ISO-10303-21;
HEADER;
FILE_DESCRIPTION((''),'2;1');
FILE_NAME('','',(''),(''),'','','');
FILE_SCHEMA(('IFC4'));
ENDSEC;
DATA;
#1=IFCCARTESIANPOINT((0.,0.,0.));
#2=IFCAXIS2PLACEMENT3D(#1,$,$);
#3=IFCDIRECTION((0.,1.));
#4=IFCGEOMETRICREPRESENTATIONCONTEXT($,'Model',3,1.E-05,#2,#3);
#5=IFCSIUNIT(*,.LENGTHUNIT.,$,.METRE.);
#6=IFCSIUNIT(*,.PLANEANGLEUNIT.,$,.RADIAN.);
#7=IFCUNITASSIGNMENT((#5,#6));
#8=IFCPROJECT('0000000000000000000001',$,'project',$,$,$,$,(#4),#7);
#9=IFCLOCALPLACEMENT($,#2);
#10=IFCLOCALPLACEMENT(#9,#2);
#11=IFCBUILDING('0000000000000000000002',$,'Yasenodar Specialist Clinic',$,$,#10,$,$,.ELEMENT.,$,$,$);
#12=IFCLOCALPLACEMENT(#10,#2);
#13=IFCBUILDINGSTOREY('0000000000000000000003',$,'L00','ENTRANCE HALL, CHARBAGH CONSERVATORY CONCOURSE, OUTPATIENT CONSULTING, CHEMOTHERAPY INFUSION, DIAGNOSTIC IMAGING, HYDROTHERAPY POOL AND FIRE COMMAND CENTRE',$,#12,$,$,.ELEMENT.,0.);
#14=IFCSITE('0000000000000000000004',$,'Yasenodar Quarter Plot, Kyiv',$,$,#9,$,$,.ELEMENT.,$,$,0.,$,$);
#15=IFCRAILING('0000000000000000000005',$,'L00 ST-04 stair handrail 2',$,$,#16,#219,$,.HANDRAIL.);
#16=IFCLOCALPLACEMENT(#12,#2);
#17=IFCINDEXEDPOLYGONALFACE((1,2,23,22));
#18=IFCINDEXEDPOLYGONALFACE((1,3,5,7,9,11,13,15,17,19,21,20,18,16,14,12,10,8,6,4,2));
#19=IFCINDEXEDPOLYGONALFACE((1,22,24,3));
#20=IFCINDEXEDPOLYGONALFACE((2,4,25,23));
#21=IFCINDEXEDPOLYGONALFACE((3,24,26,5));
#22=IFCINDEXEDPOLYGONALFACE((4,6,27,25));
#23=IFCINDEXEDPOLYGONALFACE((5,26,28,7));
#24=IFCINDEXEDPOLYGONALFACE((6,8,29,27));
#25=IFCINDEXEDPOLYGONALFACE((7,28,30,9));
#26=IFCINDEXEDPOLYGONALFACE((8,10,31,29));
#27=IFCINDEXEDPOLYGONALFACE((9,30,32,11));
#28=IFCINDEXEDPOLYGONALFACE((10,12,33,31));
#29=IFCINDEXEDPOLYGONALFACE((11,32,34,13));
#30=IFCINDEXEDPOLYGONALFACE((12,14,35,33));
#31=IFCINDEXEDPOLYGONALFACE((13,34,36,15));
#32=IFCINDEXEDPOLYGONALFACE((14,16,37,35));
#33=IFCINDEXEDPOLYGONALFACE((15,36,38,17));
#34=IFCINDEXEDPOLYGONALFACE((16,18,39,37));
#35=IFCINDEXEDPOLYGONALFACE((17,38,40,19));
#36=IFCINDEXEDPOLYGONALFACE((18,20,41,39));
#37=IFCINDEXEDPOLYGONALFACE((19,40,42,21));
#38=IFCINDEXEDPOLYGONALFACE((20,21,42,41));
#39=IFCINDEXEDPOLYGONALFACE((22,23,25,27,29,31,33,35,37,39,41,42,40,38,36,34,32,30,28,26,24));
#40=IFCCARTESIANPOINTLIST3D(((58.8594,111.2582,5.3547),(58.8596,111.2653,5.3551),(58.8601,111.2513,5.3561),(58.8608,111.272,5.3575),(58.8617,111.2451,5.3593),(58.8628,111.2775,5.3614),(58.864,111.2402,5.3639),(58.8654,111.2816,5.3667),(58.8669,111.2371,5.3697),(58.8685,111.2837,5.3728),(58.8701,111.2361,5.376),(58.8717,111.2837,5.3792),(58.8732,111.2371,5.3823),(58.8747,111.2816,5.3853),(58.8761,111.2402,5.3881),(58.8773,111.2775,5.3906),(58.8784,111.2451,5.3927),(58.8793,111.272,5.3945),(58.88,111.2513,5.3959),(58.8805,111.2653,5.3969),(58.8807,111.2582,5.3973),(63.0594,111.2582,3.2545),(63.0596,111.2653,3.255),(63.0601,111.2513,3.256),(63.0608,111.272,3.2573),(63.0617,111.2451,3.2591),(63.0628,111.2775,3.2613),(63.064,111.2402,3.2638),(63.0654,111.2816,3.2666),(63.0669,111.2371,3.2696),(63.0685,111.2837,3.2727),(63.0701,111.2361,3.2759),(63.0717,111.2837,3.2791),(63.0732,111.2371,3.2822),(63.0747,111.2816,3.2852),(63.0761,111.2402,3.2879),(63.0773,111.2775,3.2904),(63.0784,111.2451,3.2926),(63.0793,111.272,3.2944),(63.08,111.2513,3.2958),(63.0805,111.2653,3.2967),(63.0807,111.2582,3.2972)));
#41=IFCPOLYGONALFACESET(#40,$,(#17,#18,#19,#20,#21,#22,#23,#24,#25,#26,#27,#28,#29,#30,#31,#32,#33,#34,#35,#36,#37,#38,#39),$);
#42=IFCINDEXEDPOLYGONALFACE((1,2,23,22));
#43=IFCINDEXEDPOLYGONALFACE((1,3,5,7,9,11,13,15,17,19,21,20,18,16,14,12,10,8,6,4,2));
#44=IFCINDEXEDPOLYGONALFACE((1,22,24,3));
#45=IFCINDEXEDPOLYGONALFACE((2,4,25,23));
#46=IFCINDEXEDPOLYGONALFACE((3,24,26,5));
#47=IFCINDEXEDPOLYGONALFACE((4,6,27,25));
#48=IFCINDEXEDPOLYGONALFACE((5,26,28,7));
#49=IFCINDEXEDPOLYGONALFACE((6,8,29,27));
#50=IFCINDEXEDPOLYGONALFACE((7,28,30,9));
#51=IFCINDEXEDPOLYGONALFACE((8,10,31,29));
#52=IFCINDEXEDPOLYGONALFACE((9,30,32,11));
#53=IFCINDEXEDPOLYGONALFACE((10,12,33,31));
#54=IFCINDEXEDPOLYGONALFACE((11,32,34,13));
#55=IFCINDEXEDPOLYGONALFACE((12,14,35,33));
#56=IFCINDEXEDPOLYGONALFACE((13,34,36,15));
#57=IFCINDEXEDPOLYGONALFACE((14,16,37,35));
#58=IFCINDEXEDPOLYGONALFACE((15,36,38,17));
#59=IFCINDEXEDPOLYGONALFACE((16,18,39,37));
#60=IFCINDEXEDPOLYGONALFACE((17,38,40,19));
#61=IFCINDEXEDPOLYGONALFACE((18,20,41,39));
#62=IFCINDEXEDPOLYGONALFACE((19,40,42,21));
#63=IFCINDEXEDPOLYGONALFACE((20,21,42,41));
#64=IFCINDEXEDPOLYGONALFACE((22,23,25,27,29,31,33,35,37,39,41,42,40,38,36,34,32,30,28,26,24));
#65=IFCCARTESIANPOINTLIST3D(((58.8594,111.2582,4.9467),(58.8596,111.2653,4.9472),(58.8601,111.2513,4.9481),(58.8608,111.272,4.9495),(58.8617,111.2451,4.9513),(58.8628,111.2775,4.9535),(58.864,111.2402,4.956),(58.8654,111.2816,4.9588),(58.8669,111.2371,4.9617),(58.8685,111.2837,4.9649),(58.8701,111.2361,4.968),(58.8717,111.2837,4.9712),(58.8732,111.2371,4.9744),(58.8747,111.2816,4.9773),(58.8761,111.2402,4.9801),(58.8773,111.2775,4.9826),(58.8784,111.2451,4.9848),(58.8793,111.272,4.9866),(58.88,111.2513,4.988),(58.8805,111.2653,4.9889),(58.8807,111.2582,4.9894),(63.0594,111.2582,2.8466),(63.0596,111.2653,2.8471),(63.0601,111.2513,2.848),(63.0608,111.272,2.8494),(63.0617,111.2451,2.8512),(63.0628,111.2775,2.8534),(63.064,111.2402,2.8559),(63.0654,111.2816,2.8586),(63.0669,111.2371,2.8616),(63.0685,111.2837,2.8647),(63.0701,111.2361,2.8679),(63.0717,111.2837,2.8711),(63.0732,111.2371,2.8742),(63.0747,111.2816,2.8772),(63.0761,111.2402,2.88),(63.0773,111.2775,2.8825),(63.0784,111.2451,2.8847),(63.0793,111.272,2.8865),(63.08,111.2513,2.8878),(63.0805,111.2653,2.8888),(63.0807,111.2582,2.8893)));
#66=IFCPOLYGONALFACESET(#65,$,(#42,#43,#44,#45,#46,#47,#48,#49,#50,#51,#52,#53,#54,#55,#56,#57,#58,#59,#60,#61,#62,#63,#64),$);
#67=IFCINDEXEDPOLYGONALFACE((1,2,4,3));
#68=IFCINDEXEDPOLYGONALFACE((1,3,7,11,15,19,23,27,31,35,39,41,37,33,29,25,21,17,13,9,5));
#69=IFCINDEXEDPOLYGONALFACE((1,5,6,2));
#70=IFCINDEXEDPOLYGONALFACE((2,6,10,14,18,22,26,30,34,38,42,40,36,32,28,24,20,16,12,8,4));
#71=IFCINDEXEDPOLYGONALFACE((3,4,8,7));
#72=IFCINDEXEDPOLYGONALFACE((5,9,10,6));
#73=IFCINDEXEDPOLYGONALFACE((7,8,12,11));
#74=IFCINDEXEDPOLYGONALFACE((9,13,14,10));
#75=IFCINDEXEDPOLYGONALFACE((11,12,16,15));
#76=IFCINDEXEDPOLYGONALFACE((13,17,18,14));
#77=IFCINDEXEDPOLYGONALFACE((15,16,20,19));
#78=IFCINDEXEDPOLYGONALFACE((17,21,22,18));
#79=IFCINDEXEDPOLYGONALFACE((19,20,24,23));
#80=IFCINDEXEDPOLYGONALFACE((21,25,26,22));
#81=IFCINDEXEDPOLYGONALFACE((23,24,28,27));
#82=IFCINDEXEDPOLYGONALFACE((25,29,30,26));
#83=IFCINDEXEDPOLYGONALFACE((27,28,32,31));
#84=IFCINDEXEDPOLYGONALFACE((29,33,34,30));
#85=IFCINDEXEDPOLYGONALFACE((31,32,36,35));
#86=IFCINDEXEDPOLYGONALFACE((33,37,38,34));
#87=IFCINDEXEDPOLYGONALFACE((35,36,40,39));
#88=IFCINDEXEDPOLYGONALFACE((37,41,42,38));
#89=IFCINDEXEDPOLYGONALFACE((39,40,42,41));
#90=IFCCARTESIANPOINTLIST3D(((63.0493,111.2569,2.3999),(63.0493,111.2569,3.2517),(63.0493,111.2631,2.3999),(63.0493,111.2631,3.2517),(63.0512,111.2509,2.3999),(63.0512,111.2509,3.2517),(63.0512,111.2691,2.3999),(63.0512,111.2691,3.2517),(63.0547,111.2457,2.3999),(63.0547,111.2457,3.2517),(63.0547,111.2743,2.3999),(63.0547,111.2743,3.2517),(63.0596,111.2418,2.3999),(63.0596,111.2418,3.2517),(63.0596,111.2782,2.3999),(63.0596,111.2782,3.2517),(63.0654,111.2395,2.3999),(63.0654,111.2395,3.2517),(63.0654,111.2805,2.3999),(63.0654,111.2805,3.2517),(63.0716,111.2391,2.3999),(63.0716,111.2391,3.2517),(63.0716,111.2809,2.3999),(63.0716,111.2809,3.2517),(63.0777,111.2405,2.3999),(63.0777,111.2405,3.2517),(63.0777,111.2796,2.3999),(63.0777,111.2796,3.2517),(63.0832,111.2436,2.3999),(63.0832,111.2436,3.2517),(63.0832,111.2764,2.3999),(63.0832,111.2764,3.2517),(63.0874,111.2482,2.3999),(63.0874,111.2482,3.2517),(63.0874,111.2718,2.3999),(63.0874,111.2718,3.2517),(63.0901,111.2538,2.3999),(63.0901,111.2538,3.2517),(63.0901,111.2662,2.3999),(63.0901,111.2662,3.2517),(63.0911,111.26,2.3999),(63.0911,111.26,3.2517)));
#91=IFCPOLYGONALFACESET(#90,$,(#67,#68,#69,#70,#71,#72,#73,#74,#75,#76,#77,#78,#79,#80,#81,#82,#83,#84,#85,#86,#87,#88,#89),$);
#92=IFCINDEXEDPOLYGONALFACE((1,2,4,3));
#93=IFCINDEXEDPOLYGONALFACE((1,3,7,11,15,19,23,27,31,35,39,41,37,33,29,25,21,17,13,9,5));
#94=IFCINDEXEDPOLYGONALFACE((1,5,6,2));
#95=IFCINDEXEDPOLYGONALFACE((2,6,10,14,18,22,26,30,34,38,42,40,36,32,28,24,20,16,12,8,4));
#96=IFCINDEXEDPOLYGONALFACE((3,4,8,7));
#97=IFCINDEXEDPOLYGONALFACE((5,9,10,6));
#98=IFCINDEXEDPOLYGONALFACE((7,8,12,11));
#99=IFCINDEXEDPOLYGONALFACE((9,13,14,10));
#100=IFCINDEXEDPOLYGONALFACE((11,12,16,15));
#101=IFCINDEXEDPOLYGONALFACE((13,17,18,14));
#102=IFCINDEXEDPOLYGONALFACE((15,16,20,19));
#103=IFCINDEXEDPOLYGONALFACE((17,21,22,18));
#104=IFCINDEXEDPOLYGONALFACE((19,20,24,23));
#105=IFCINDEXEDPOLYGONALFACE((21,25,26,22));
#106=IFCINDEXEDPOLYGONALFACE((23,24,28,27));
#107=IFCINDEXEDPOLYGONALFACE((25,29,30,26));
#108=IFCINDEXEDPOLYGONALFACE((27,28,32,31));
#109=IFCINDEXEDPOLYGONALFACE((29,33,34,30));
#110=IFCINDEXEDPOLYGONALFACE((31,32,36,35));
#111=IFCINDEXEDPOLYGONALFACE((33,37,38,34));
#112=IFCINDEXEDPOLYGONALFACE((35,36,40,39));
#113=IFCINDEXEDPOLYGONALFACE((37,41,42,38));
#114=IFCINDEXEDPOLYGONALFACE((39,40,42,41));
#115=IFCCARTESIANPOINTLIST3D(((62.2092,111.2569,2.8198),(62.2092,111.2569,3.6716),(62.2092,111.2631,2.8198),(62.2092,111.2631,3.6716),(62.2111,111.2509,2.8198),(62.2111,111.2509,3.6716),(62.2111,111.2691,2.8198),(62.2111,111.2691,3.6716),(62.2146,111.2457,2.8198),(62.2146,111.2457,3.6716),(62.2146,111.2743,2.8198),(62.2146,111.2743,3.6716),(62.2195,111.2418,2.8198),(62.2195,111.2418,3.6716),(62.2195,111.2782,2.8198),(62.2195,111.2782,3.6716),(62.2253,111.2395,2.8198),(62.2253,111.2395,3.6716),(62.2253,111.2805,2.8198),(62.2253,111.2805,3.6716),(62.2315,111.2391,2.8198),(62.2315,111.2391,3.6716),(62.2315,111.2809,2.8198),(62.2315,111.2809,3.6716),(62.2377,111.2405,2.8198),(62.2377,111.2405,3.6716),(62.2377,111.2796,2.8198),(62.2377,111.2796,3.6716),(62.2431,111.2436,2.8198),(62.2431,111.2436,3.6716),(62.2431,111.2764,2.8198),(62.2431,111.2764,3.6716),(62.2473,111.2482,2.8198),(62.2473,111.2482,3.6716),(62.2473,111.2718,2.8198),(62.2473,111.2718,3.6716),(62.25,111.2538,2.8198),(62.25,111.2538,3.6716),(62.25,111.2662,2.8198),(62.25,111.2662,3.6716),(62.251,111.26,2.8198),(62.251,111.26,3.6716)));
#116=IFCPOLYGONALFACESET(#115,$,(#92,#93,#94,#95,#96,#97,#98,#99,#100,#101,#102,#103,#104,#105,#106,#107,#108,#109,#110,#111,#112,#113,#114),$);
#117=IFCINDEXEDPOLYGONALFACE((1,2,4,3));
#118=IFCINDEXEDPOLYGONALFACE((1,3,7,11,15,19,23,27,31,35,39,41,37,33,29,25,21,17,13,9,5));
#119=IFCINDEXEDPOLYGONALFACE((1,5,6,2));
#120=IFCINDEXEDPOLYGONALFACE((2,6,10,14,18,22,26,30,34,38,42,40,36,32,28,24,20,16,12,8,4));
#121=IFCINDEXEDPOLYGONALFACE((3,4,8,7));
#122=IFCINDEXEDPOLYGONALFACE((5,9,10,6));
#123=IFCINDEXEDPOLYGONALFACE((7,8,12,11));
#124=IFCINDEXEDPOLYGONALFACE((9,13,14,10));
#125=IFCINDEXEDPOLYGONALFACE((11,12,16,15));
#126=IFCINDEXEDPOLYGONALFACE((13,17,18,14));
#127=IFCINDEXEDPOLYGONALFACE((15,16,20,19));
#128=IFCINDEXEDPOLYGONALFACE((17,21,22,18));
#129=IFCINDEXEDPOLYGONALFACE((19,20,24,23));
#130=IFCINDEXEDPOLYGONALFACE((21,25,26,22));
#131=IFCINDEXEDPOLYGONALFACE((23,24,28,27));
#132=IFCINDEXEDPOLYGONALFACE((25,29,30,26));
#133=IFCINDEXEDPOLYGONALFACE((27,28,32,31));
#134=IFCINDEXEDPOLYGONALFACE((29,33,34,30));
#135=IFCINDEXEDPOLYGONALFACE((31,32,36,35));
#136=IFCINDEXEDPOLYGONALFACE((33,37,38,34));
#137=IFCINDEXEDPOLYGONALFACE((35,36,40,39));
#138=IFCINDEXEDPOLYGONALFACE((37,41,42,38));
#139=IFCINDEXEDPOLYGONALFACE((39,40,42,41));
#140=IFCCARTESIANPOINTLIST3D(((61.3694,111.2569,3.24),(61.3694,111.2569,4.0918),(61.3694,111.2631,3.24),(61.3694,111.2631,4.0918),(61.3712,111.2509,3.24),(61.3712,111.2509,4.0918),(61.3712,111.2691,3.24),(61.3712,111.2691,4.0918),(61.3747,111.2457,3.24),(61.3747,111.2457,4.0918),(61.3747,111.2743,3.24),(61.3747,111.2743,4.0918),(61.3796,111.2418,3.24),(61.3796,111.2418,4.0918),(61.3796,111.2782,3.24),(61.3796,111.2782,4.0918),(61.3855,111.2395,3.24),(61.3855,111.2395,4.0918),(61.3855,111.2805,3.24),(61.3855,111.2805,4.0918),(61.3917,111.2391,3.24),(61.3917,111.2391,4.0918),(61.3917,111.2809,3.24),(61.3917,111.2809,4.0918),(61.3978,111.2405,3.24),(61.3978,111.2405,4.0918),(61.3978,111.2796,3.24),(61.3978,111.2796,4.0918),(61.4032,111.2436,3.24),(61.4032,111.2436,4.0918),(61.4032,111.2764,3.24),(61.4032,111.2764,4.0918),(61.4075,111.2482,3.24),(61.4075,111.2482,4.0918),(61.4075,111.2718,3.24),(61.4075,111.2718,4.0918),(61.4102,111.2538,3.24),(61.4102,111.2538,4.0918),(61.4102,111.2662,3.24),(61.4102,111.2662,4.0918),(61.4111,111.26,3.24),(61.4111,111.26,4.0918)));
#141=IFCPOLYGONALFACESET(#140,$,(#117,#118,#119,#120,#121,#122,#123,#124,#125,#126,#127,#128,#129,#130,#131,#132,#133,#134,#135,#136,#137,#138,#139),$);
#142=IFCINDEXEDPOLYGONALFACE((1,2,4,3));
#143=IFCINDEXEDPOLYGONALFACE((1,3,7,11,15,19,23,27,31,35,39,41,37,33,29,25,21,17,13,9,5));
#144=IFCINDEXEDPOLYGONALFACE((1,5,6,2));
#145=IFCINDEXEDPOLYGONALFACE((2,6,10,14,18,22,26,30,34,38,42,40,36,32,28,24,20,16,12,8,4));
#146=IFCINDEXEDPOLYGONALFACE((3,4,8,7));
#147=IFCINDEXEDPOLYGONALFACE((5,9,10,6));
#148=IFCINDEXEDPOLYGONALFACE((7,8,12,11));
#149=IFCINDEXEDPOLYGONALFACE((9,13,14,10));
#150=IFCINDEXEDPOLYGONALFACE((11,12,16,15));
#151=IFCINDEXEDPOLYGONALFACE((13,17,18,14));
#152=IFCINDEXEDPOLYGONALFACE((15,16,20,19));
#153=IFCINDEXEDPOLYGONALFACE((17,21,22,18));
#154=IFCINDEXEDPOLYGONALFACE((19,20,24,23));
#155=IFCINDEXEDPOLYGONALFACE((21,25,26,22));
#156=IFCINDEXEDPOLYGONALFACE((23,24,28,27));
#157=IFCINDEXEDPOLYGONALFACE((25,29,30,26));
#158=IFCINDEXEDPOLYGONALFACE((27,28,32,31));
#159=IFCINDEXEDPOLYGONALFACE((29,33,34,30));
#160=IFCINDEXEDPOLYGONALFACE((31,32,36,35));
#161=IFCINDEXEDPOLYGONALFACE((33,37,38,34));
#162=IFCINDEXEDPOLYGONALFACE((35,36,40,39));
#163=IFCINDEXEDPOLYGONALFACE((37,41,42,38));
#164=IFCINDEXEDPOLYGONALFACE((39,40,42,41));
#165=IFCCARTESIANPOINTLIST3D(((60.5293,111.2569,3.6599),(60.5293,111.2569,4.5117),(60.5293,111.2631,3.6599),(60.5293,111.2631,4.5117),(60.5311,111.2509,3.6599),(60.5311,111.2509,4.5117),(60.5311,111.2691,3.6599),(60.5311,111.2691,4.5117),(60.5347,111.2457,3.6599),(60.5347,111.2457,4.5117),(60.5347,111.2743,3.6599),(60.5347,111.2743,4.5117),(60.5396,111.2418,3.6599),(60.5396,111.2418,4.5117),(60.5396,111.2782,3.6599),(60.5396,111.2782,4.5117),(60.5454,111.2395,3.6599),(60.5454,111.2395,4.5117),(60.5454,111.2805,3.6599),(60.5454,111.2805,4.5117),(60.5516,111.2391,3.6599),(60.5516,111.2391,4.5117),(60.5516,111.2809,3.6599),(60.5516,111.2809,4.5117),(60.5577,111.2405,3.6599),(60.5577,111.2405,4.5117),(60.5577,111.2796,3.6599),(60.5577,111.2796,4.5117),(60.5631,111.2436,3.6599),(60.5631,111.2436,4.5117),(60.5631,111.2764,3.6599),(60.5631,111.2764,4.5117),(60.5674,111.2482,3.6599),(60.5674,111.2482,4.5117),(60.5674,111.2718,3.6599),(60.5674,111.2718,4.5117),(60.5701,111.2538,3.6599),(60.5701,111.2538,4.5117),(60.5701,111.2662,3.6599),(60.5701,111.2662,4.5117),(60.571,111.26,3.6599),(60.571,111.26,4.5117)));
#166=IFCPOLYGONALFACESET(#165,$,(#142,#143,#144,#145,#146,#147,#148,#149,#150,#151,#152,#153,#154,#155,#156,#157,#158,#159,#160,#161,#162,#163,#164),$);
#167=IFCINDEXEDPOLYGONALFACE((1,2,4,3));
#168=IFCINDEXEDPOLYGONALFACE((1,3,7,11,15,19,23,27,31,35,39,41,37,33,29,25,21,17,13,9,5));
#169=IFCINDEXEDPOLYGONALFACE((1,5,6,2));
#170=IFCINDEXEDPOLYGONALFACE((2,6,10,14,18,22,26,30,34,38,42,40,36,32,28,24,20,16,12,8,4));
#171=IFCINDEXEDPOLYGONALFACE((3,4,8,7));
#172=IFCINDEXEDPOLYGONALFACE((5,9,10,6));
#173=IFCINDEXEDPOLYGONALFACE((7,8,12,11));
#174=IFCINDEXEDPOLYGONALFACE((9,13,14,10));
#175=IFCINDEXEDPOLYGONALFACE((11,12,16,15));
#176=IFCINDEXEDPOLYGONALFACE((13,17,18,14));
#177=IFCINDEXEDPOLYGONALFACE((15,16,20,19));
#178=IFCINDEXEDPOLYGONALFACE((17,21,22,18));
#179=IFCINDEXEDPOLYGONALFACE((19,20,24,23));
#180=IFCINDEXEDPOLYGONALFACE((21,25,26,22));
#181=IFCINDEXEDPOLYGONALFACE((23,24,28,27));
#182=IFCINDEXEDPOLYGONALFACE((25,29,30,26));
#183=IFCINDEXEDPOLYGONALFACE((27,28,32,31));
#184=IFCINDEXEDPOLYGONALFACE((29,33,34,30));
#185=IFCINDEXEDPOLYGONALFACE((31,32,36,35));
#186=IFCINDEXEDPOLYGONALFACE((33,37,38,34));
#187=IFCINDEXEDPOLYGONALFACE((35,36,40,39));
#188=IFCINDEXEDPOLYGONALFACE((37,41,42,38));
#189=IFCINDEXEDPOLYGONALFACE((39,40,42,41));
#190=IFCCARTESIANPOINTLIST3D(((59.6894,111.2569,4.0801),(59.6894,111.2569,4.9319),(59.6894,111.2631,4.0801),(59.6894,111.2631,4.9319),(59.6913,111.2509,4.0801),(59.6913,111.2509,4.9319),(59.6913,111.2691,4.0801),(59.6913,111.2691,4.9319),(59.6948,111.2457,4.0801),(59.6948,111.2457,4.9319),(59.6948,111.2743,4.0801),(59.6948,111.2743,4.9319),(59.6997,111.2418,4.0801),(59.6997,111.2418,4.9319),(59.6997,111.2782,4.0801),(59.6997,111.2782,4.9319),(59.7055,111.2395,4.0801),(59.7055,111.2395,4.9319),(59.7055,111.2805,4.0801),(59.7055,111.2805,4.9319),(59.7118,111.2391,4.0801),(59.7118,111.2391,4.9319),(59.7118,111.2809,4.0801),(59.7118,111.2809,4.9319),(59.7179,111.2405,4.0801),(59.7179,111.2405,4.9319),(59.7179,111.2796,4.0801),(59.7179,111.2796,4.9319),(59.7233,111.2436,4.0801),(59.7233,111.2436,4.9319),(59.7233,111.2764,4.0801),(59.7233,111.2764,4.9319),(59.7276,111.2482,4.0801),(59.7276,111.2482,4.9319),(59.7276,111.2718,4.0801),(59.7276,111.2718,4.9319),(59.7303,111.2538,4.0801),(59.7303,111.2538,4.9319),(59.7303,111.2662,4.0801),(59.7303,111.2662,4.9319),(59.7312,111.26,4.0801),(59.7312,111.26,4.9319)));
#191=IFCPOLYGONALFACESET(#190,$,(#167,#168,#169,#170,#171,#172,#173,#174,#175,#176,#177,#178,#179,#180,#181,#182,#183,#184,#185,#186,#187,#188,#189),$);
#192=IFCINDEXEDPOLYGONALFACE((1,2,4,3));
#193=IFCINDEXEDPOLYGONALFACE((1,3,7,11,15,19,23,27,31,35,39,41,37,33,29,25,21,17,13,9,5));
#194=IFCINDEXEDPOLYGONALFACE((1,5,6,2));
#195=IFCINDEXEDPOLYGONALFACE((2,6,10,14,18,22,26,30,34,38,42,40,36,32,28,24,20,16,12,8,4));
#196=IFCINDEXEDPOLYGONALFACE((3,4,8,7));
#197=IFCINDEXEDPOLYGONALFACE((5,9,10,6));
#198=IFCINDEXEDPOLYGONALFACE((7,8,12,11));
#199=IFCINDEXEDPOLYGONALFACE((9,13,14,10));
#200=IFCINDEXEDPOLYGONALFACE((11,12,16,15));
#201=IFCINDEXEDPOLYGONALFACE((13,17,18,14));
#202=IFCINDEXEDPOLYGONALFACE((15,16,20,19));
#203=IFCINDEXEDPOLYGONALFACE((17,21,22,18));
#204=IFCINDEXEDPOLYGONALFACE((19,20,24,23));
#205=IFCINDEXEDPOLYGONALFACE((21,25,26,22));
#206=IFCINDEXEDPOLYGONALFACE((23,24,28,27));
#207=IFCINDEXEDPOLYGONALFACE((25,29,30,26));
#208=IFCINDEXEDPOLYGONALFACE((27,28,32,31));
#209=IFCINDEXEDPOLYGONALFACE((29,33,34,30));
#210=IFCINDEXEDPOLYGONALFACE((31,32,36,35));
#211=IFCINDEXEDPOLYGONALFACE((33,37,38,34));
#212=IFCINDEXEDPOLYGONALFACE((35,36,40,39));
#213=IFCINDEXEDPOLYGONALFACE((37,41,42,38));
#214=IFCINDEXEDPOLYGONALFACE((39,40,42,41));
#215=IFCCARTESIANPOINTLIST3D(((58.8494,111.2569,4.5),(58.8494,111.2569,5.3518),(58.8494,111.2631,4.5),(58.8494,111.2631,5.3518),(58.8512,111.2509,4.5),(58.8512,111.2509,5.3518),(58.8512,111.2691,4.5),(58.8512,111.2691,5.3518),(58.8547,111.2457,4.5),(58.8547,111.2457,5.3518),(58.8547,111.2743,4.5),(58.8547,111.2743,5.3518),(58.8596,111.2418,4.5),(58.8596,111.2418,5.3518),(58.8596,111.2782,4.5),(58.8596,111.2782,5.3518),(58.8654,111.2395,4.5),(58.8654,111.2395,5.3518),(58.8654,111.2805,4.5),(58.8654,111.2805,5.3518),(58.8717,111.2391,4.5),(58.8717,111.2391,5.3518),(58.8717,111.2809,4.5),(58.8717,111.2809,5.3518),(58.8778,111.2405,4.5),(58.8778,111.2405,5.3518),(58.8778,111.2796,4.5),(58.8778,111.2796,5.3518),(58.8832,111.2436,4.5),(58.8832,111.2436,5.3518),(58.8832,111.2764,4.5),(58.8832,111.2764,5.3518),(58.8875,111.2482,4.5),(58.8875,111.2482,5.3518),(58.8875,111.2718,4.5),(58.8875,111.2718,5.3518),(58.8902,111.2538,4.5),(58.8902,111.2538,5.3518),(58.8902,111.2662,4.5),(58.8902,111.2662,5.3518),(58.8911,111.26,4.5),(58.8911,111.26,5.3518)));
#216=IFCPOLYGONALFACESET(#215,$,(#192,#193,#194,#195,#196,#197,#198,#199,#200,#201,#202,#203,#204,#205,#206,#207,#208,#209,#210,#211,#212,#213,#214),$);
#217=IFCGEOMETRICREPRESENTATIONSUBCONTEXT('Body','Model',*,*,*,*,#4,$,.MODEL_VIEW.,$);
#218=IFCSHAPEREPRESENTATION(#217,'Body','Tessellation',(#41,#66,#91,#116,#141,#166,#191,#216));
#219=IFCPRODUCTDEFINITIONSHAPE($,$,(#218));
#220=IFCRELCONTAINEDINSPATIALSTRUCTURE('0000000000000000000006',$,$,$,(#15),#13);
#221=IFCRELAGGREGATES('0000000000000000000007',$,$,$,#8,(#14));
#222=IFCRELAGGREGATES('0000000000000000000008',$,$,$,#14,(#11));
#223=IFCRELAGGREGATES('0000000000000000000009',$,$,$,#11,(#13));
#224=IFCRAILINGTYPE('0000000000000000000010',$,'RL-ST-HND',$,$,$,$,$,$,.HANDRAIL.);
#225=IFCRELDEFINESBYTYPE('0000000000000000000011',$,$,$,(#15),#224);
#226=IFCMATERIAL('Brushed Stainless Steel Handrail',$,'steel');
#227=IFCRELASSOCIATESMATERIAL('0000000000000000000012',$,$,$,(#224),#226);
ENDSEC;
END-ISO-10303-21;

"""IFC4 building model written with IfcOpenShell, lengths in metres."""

from ifc_helpers import new_model, si_unit, direction, frame, origin, origin_2d, place, context, subcontext, project, spatial, circle, extrude, material, type_object, element, save


model = new_model("IFC4")

# Units and contexts
model_context = context("Model", 3, precision=1e-05, world=origin(), true_north=direction((0.0, 1.0)))
body_context = subcontext(model_context, "Body", "Model", "MODEL_VIEW")
ifc_project = project(units=[si_unit("LENGTHUNIT", "METRE"), si_unit("PLANEANGLEUNIT", "RADIAN")], contexts=[model_context])

# Site, building, storey
site_placement = place(None, origin())
site = spatial("IfcSite", under=ifc_project, at=site_placement, Name="Yasenodar Quarter Plot, Kyiv", CompositionType="ELEMENT", RefElevation=0.0)
building_placement = place(site_placement, origin())
building = spatial("IfcBuilding", under=site, at=building_placement, Name="Yasenodar Specialist Clinic", CompositionType="ELEMENT")
storey_placement = place(building_placement, origin())
storey = spatial("IfcBuildingStorey", under=building, at=storey_placement, Name="L00", Description="ENTRANCE HALL, CHARBAGH CONSERVATORY CONCOURSE, OUTPATIENT CONSULTING, CHEMOTHERAPY INFUSION, DIAGNOSTIC IMAGING, HYDROTHERAPY POOL AND FIRE COMMAND CENTRE", CompositionType="ELEMENT", Elevation=0.0)

# Railing
ifc_material_1 = material(Name="Brushed Stainless Steel Handrail", Category="steel")
railing_type_1 = type_object("IfcRailingType", Name="RL-ST-HND", PredefinedType="HANDRAIL", material=ifc_material_1)
railing_1_placement = place(storey_placement, frame((63.0701, 111.26, 2.3999)))
element("IfcRailing", 1, at=railing_1_placement, inside=storey, type_object=railing_type_1, Name="L00 ST-04 stair handrail 2", PredefinedType="HANDRAIL", context=body_context, shape_type="SweptSolid", body=[
    extrude(circle(Radius=0.0239, at=origin_2d()), frame((0.0, 0.0, 0.876), z_axis=(-0.894417, 0.0, 0.447234), x_axis=(0.0, -1.0, 0.0)), (0.0, 0.0, 1.0), 4.6958),
    extrude(circle(Radius=0.0239, at=origin_2d()), frame((0.0, 0.0, 0.468), z_axis=(-0.894417, 0.0, 0.447234), x_axis=(0.0, -1.0, 0.0)), (0.0, 0.0, 1.0), 4.6958),
    extrude(circle(Radius=0.021, at=origin_2d()), origin(), (0.0, 0.0, 1.0), 0.8518),
    extrude(circle(Radius=0.021, at=origin_2d()), frame((-0.8401, 0.0, 0.4199)), (0.0, 0.0, 1.0), 0.8518),
    extrude(circle(Radius=0.021, at=origin_2d()), frame((-1.6799, 0.0, 0.8401)), (0.0, 0.0, 1.0), 0.8518),
    extrude(circle(Radius=0.021, at=origin_2d()), frame((-2.52, 0.0, 1.26)), (0.0, 0.0, 1.0), 0.8518),
    extrude(circle(Radius=0.021, at=origin_2d()), frame((-3.3599, 0.0, 1.6802)), (0.0, 0.0, 1.0), 0.8518),
    extrude(circle(Radius=0.021, at=origin_2d()), frame((-4.2, 0.0, 2.1001)), (0.0, 0.0, 1.0), 0.8518),
])

save(model, "model.ifc")
